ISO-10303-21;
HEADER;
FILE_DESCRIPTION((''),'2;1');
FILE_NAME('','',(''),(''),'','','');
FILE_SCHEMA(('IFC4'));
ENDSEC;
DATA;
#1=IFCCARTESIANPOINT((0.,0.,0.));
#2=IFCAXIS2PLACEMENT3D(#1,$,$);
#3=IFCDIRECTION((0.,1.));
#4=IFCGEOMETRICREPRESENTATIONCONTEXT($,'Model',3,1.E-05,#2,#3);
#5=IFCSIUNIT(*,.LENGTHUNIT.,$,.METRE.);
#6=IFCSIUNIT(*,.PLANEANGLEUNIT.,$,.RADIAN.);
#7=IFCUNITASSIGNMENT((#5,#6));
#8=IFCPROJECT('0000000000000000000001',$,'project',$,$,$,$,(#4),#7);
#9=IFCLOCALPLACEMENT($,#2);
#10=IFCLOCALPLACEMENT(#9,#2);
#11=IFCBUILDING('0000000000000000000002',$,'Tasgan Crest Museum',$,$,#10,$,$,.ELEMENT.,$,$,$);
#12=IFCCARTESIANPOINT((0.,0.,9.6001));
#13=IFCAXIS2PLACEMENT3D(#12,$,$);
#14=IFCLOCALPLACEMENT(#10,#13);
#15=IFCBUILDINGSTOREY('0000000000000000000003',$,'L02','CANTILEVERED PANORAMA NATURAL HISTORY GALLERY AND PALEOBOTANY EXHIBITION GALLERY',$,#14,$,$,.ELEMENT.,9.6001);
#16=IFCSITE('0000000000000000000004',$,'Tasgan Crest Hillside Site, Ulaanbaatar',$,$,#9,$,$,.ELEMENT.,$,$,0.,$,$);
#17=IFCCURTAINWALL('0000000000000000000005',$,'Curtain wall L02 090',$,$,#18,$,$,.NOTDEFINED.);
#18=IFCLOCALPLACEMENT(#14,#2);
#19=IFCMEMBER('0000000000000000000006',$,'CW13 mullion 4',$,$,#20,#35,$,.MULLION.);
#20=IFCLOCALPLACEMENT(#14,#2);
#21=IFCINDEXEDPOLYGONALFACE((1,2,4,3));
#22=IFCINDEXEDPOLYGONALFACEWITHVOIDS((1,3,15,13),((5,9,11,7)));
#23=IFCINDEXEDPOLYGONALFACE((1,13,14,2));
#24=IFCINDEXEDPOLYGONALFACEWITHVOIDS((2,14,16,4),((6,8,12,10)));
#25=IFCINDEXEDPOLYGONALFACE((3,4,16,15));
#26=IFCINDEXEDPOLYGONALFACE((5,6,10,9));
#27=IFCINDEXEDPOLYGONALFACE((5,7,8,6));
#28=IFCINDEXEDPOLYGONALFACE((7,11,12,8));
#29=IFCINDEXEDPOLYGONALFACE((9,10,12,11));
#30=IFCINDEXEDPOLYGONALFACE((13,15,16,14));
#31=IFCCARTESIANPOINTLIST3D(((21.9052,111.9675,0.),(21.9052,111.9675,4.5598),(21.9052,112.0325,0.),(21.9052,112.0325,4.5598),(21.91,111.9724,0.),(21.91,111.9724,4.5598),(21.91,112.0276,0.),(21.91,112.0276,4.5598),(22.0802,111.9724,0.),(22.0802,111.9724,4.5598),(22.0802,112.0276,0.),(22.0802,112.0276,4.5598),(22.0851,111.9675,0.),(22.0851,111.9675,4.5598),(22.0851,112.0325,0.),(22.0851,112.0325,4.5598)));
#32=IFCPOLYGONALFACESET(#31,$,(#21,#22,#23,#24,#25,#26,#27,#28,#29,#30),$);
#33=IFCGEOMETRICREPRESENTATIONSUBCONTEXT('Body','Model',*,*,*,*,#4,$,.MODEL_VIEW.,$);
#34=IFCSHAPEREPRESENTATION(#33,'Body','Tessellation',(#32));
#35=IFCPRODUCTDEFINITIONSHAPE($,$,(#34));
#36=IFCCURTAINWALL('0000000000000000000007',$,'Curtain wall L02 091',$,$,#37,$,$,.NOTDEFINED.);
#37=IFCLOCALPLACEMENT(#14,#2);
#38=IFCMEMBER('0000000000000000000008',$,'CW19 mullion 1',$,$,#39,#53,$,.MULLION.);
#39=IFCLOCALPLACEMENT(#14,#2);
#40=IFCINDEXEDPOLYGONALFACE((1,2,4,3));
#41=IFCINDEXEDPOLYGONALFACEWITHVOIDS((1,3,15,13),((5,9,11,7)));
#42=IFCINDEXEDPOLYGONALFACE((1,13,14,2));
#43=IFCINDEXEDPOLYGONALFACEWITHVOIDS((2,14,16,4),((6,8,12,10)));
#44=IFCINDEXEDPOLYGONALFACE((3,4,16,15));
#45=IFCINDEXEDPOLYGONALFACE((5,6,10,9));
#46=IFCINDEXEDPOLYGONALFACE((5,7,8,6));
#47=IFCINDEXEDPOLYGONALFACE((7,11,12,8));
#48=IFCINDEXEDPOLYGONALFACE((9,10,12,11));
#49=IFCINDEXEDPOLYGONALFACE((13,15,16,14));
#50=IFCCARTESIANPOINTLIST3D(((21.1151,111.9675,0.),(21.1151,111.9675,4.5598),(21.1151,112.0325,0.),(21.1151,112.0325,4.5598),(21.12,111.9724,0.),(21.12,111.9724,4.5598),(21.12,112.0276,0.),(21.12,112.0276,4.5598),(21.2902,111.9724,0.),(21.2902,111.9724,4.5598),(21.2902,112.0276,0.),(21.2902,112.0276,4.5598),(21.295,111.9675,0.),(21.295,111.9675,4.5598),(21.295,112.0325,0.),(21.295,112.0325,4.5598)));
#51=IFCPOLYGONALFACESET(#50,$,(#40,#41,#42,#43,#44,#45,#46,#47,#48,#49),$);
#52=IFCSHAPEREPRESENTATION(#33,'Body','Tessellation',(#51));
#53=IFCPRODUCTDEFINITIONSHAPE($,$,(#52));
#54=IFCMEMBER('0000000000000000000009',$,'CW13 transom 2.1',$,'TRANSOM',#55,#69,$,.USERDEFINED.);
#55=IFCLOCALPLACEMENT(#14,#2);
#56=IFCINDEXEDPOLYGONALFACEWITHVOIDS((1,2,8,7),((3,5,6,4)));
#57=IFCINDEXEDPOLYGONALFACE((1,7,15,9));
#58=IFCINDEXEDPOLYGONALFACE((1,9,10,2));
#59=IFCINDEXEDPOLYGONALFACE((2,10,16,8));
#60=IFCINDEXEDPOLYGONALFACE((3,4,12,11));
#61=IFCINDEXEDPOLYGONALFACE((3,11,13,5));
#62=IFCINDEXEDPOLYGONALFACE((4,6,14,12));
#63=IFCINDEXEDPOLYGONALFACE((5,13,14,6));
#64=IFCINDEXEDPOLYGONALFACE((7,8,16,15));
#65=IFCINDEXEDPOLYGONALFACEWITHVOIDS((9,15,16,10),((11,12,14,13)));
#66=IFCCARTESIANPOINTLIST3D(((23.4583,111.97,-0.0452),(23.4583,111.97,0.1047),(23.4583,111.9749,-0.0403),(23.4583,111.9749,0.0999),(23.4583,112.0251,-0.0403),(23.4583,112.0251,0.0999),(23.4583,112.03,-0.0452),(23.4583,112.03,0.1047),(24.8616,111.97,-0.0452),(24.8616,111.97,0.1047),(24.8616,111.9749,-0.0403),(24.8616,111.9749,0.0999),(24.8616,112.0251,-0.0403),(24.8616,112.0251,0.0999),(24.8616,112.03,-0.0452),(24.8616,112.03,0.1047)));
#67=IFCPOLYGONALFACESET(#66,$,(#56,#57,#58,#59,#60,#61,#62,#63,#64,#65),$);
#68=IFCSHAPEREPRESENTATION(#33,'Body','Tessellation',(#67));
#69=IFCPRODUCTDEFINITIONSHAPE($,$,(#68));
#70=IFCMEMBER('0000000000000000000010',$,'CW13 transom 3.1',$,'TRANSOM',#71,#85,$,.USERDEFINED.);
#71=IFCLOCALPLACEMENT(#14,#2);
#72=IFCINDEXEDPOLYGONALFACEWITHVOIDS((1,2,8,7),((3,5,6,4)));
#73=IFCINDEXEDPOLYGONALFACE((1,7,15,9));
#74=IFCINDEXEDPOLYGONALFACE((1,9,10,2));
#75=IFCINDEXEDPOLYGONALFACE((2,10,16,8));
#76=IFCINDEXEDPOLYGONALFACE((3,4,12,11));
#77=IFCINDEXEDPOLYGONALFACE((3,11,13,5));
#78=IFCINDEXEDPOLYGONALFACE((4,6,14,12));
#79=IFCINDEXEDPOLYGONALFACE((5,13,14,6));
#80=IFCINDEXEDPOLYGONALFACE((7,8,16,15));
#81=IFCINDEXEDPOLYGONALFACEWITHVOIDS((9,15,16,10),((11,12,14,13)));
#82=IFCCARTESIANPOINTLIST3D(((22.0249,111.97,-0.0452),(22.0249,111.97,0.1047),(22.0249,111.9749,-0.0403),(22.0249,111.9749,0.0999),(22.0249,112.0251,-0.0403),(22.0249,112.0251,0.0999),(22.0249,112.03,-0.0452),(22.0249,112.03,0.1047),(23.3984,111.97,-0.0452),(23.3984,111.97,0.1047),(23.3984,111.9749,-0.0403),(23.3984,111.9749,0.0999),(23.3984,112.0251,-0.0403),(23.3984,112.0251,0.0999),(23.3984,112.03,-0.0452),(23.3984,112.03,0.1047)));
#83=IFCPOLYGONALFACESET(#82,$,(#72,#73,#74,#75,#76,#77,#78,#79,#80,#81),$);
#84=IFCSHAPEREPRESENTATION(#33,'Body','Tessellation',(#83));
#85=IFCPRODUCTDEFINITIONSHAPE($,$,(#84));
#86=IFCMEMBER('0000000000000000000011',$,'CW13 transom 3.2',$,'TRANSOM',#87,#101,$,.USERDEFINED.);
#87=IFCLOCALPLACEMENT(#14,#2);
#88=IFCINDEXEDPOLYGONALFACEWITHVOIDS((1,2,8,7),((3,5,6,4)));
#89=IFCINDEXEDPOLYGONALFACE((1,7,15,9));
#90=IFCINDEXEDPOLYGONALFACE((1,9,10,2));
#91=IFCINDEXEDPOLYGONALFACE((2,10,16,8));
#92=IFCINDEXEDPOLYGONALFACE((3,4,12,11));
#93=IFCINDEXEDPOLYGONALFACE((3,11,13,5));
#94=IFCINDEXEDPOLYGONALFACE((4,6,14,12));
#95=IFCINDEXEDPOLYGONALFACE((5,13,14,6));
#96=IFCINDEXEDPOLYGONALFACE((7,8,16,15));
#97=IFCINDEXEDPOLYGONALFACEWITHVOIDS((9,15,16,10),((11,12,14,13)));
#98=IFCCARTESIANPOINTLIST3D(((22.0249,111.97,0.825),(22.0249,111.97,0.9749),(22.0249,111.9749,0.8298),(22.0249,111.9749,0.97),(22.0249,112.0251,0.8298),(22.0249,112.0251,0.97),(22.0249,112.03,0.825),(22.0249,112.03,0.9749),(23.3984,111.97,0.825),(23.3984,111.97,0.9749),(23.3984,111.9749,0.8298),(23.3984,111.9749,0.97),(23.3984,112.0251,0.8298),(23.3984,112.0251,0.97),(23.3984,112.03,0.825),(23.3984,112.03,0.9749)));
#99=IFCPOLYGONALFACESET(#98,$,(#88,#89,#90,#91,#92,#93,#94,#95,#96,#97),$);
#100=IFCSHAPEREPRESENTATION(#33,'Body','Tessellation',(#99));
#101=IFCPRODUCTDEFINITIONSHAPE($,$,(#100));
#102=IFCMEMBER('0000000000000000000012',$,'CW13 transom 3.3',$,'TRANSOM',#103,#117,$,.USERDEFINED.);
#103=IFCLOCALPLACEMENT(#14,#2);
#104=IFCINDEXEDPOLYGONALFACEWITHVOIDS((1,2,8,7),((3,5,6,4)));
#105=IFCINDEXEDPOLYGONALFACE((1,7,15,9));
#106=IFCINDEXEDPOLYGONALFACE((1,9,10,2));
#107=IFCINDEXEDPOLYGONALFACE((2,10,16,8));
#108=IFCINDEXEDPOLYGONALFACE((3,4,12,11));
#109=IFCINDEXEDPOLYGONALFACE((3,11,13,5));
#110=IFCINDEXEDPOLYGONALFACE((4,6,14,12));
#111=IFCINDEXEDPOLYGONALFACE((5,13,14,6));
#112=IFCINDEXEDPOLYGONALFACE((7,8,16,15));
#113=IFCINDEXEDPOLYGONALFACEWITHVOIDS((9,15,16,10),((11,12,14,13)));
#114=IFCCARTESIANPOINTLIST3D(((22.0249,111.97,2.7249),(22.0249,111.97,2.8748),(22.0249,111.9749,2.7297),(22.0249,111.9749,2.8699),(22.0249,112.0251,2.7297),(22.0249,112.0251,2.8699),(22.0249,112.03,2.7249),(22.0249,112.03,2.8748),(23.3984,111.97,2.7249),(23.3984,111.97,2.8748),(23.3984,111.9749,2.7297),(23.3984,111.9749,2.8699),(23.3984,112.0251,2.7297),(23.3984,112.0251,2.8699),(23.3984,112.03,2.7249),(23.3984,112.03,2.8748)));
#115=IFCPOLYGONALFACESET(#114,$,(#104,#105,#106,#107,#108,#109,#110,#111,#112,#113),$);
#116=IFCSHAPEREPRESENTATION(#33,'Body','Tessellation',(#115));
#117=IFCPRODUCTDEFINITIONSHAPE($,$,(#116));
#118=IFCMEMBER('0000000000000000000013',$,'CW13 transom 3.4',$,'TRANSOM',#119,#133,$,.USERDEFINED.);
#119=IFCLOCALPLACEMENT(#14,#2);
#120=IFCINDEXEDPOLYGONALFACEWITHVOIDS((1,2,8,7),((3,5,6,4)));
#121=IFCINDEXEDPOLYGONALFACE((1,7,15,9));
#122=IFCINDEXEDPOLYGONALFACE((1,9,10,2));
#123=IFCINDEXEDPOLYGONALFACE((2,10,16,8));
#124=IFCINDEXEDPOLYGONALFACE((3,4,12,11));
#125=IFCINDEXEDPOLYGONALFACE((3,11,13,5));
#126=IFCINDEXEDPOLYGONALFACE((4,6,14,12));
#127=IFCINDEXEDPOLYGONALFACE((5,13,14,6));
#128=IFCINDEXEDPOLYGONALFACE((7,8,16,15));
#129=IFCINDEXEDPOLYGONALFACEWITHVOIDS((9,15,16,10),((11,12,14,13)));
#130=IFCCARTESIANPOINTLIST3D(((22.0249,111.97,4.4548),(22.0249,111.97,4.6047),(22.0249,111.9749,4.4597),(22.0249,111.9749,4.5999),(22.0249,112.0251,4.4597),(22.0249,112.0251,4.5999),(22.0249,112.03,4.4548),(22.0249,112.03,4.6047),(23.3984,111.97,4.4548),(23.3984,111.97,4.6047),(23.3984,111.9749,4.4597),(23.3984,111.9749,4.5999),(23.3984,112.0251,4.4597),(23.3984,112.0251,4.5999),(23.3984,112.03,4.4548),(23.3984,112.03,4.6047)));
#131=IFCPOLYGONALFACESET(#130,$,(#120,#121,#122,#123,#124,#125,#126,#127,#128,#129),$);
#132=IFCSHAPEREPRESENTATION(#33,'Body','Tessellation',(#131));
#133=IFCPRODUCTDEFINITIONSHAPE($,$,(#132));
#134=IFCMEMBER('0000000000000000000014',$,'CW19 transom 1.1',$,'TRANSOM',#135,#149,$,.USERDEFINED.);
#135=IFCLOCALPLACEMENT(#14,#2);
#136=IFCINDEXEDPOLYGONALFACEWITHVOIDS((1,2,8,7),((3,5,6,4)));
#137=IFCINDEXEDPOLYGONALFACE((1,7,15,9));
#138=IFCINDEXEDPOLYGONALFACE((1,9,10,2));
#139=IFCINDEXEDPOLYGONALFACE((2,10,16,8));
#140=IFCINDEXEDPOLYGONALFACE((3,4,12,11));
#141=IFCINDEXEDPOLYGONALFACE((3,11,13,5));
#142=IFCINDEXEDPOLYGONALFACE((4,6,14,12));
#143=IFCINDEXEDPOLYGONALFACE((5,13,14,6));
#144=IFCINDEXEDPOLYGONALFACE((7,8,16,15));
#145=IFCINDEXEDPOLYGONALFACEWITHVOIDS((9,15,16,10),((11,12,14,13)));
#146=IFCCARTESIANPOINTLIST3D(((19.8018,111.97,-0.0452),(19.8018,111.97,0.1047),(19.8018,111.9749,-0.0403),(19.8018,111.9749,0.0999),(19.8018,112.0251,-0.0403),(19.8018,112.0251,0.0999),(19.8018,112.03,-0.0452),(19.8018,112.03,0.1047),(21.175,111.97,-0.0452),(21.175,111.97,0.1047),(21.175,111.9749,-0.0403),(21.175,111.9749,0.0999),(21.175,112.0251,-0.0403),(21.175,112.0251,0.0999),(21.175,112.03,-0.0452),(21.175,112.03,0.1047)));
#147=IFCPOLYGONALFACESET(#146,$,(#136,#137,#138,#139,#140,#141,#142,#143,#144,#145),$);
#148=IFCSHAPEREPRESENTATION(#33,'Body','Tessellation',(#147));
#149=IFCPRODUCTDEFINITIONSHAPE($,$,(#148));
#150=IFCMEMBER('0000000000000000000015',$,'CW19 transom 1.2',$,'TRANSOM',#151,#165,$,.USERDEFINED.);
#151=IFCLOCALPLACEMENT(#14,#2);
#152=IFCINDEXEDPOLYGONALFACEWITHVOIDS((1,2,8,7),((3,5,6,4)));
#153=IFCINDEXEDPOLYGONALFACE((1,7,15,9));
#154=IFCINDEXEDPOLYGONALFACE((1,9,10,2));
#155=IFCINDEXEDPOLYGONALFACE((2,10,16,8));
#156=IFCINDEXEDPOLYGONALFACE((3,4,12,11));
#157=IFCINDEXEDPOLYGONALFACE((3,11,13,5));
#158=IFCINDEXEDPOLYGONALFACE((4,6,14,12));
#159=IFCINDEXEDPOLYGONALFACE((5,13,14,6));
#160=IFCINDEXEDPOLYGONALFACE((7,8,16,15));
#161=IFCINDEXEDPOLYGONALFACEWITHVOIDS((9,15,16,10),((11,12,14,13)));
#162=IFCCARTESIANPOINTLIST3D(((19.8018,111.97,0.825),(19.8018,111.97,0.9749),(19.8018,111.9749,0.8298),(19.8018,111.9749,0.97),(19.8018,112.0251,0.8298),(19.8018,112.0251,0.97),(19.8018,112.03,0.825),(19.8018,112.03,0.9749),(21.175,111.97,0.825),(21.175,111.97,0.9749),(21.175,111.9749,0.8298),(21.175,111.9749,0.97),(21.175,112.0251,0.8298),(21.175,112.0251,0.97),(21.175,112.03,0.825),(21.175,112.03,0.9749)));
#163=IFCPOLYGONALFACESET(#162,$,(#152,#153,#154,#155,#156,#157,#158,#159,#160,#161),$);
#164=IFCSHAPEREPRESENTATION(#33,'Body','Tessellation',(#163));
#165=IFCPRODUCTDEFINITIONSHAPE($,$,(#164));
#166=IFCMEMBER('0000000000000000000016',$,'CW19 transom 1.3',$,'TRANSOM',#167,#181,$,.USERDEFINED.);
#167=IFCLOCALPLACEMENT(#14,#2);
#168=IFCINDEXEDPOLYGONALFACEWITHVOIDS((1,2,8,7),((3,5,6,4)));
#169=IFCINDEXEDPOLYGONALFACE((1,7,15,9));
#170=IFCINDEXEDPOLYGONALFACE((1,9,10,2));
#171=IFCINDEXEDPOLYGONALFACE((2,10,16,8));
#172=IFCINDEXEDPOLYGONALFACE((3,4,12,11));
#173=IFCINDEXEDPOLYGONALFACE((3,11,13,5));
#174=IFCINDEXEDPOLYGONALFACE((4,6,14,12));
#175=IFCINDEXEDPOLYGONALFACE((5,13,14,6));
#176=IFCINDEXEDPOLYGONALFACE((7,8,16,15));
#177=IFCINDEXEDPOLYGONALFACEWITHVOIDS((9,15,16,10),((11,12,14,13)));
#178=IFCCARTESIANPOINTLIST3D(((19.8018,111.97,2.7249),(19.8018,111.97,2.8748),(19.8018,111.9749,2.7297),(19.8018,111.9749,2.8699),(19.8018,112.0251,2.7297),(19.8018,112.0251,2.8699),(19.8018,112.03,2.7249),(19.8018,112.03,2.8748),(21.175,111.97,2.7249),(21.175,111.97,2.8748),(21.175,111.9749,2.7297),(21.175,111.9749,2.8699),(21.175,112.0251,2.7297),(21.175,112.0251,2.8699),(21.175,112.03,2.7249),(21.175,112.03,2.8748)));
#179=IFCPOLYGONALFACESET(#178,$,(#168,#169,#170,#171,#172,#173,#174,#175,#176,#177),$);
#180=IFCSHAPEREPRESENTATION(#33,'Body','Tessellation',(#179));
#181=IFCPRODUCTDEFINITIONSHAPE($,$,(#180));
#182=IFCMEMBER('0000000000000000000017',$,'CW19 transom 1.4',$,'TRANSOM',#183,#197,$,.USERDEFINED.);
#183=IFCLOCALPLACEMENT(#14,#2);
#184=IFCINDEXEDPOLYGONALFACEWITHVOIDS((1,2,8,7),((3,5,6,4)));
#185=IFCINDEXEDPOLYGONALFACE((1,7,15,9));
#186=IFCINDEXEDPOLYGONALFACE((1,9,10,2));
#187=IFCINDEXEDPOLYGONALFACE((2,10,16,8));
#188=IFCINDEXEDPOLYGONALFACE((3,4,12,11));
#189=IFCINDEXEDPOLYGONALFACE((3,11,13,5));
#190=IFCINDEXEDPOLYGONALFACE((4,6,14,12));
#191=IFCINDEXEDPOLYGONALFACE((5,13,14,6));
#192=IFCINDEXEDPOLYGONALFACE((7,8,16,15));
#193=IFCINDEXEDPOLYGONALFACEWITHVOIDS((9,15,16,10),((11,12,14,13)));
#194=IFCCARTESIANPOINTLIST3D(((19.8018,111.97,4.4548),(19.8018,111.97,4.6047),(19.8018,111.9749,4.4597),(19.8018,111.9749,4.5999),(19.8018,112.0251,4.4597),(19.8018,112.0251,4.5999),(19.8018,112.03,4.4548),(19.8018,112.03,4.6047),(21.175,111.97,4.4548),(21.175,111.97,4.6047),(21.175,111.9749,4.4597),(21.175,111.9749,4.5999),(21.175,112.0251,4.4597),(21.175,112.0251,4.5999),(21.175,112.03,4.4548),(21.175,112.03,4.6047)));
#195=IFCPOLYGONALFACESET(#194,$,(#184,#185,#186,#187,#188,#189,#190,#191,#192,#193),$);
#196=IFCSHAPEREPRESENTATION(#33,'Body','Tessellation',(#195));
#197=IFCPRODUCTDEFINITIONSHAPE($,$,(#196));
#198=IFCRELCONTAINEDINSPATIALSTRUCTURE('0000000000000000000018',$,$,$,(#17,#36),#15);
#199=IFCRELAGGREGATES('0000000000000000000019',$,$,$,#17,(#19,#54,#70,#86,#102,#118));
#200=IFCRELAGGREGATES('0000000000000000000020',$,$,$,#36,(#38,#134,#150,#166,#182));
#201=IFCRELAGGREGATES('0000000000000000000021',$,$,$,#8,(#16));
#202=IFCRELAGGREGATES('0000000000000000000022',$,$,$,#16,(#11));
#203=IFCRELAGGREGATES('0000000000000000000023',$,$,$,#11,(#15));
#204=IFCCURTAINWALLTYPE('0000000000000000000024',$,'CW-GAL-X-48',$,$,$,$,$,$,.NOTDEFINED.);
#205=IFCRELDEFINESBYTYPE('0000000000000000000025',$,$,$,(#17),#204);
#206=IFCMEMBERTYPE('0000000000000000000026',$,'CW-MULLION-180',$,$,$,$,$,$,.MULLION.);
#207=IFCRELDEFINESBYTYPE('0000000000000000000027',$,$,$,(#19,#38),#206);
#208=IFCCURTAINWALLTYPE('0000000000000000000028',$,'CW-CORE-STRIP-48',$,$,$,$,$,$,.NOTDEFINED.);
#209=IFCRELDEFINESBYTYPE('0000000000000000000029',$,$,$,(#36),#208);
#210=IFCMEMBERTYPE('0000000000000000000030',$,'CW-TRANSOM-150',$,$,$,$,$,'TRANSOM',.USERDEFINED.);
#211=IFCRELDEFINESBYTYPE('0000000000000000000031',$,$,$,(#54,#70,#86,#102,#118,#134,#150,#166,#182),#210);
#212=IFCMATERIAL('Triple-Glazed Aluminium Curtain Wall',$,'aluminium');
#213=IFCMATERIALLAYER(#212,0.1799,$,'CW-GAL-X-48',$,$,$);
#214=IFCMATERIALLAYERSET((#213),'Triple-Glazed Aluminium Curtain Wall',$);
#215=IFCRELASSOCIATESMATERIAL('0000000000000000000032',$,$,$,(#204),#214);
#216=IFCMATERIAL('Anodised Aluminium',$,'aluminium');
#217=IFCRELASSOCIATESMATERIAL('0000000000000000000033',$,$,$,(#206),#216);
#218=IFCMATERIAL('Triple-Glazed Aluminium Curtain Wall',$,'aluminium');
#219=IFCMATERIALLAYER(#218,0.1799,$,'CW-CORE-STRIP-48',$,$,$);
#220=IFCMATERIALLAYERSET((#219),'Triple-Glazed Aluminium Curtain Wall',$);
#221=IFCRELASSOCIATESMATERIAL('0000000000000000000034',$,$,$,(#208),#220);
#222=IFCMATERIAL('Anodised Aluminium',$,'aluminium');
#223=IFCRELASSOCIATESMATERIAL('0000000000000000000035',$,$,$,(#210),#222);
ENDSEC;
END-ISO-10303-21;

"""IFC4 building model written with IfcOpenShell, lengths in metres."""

from ifc_helpers import new_model, si_unit, direction, frame, origin, origin_2d, place, context, subcontext, project, spatial, hollow_rectangle, extrude, material, layer, layer_set, material_profile, profile_set, type_object, element, aggregate, save


model = new_model("IFC4")

# Units and contexts
model_context = context("Model", 3, precision=1e-05, world=origin(), true_north=direction((0.0, 1.0)))
body_context = subcontext(model_context, "Body", "Model", "MODEL_VIEW")
ifc_project = project(units=[si_unit("LENGTHUNIT", "METRE"), si_unit("PLANEANGLEUNIT", "RADIAN")], contexts=[model_context])

# Site, building, storey
site_placement = place(None, origin())
site = spatial("IfcSite", under=ifc_project, at=site_placement, Name="Tasgan Crest Hillside Site, Ulaanbaatar", CompositionType="ELEMENT", RefElevation=0.0)
building_placement = place(site_placement, origin())
building = spatial("IfcBuilding", under=site, at=building_placement, Name="Tasgan Crest Museum", CompositionType="ELEMENT")
storey_placement = place(building_placement, frame((0.0, 0.0, 9.6001)))
storey = spatial("IfcBuildingStorey", under=building, at=storey_placement, Name="L02", Description="CANTILEVERED PANORAMA NATURAL HISTORY GALLERY AND PALEOBOTANY EXHIBITION GALLERY", CompositionType="ELEMENT", Elevation=9.6001)

# Curtain wall, member
ifc_material_1 = material(Name="Triple-Glazed Aluminium Curtain Wall", Category="aluminium")
ifc_layer_1 = layer(ifc_material_1, 0.1799, Name="CW-GAL-X-48")
ifc_layer_set_1 = layer_set([ifc_layer_1], Name="Triple-Glazed Aluminium Curtain Wall")
curtain_wall_type_1 = type_object("IfcCurtainWallType", Name="CW-GAL-X-48", PredefinedType="NOTDEFINED", material=ifc_layer_set_1)
curtain_wall_1_placement = place(storey_placement, origin())
curtain_wall_1 = element("IfcCurtainWall", 1, at=curtain_wall_1_placement, inside=storey, type_object=curtain_wall_type_1, Name="Curtain wall L02 090", PredefinedType="NOTDEFINED")
ifc_material_2 = material(Name="Anodised Aluminium", Category="aluminium")
ifc_material_profile_1 = material_profile(ifc_material_2, hollow_rectangle(XDim=0.0649, YDim=0.1799, WallThickness=0.0049, at=origin_2d()), Name="ALU MULLION 180x65x5")
ifc_profile_set_1 = profile_set([ifc_material_profile_1], Name="Anodised Aluminium")
member_type_1 = type_object("IfcMemberType", Name="CW-MULLION-180", PredefinedType="MULLION", material=ifc_profile_set_1)
member_1_placement = place(storey_placement, frame((21.9951, 112.0, 0.0), z_axis=(0.0, 0.0, 1.0), x_axis=(0.0, -1.0, 0.0)))
member_1 = element("IfcMember", 2, at=member_1_placement, type_object=member_type_1, Name="CW13 mullion 4", PredefinedType="MULLION", context=body_context, shape_type="SweptSolid", body=[
    extrude(hollow_rectangle(XDim=0.0649, YDim=0.1799, WallThickness=0.0049, at=origin_2d()), origin(), (0.0, 0.0, 1.0), 4.5598),
])

# Curtain wall, member
ifc_material_3 = material(Name="Triple-Glazed Aluminium Curtain Wall", Category="aluminium")
ifc_layer_2 = layer(ifc_material_3, 0.1799, Name="CW-CORE-STRIP-48")
ifc_layer_set_2 = layer_set([ifc_layer_2], Name="Triple-Glazed Aluminium Curtain Wall")
curtain_wall_type_2 = type_object("IfcCurtainWallType", Name="CW-CORE-STRIP-48", PredefinedType="NOTDEFINED", material=ifc_layer_set_2)
curtain_wall_2_placement = place(storey_placement, origin())
curtain_wall_2 = element("IfcCurtainWall", 3, at=curtain_wall_2_placement, inside=storey, type_object=curtain_wall_type_2, Name="Curtain wall L02 091", PredefinedType="NOTDEFINED")
member_2_placement = place(storey_placement, frame((21.2051, 112.0, 0.0), z_axis=(0.0, 0.0, 1.0), x_axis=(0.0, -1.0, 0.0)))
member_2 = element("IfcMember", 4, at=member_2_placement, type_object=member_type_1, Name="CW19 mullion 1", PredefinedType="MULLION", context=body_context, shape_type="SweptSolid", body=[
    extrude(hollow_rectangle(XDim=0.0649, YDim=0.1799, WallThickness=0.0049, at=origin_2d()), origin(), (0.0, 0.0, 1.0), 4.5598),
])

# Members
ifc_material_4 = material(Name="Anodised Aluminium", Category="aluminium")
ifc_material_profile_2 = material_profile(ifc_material_4, hollow_rectangle(XDim=0.0601, YDim=0.1499, WallThickness=0.0049, at=origin_2d()), Name="ALU TRANSOM 150x60x5")
ifc_profile_set_2 = profile_set([ifc_material_profile_2], Name="Anodised Aluminium")
member_type_2 = type_object("IfcMemberType", Name="CW-TRANSOM-150", ElementType="TRANSOM", PredefinedType="USERDEFINED", material=ifc_profile_set_2)
member_3_placement = place(storey_placement, frame((24.8616, 112.0, 0.0298), z_axis=(-1.0, 0.0, 0.0), x_axis=(0.0, -1.0, 0.0)))
member_3 = element("IfcMember", 5, at=member_3_placement, type_object=member_type_2, Name="CW13 transom 2.1", ObjectType="TRANSOM", PredefinedType="USERDEFINED", context=body_context, shape_type="SweptSolid", body=[
    extrude(hollow_rectangle(XDim=0.0601, YDim=0.1499, WallThickness=0.0049, at=origin_2d()), origin(), (0.0, 0.0, 1.0), 1.4033),
])
member_4_placement = place(storey_placement, frame((23.3984, 112.0, 0.0298), z_axis=(-1.0, 0.0, 0.0), x_axis=(0.0, -1.0, 0.0)))
member_4 = element("IfcMember", 6, at=member_4_placement, type_object=member_type_2, Name="CW13 transom 3.1", ObjectType="TRANSOM", PredefinedType="USERDEFINED", context=body_context, shape_type="SweptSolid", body=[
    extrude(hollow_rectangle(XDim=0.0601, YDim=0.1499, WallThickness=0.0049, at=origin_2d()), origin(), (0.0, 0.0, 1.0), 1.3735),
])
member_5_placement = place(storey_placement, frame((23.3984, 112.0, 0.8999), z_axis=(-1.0, 0.0, 0.0), x_axis=(0.0, -1.0, 0.0)))
member_5 = element("IfcMember", 7, at=member_5_placement, type_object=member_type_2, Name="CW13 transom 3.2", ObjectType="TRANSOM", PredefinedType="USERDEFINED", context=body_context, shape_type="SweptSolid", body=[
    extrude(hollow_rectangle(XDim=0.0601, YDim=0.1499, WallThickness=0.0049, at=origin_2d()), origin(), (0.0, 0.0, 1.0), 1.3735),
])
member_6_placement = place(storey_placement, frame((23.3984, 112.0, 2.7998), z_axis=(-1.0, 0.0, 0.0), x_axis=(0.0, -1.0, 0.0)))
member_6 = element("IfcMember", 8, at=member_6_placement, type_object=member_type_2, Name="CW13 transom 3.3", ObjectType="TRANSOM", PredefinedType="USERDEFINED", context=body_context, shape_type="SweptSolid", body=[
    extrude(hollow_rectangle(XDim=0.0601, YDim=0.1499, WallThickness=0.0049, at=origin_2d()), origin(), (0.0, 0.0, 1.0), 1.3735),
])
member_7_placement = place(storey_placement, frame((23.3984, 112.0, 4.5298), z_axis=(-1.0, 0.0, 0.0), x_axis=(0.0, -1.0, 0.0)))
member_7 = element("IfcMember", 9, at=member_7_placement, type_object=member_type_2, Name="CW13 transom 3.4", ObjectType="TRANSOM", PredefinedType="USERDEFINED", context=body_context, shape_type="SweptSolid", body=[
    extrude(hollow_rectangle(XDim=0.0601, YDim=0.1499, WallThickness=0.0049, at=origin_2d()), origin(), (0.0, 0.0, 1.0), 1.3735),
])
member_8_placement = place(storey_placement, frame((21.175, 112.0, 0.0298), z_axis=(-1.0, 0.0, 0.0), x_axis=(0.0, -1.0, 0.0)))
member_8 = element("IfcMember", 10, at=member_8_placement, type_object=member_type_2, Name="CW19 transom 1.1", ObjectType="TRANSOM", PredefinedType="USERDEFINED", context=body_context, shape_type="SweptSolid", body=[
    extrude(hollow_rectangle(XDim=0.0601, YDim=0.1499, WallThickness=0.0049, at=origin_2d()), origin(), (0.0, 0.0, 1.0), 1.3733),
])
member_9_placement = place(storey_placement, frame((21.175, 112.0, 0.8999), z_axis=(-1.0, 0.0, 0.0), x_axis=(0.0, -1.0, 0.0)))
member_9 = element("IfcMember", 11, at=member_9_placement, type_object=member_type_2, Name="CW19 transom 1.2", ObjectType="TRANSOM", PredefinedType="USERDEFINED", context=body_context, shape_type="SweptSolid", body=[
    extrude(hollow_rectangle(XDim=0.0601, YDim=0.1499, WallThickness=0.0049, at=origin_2d()), origin(), (0.0, 0.0, 1.0), 1.3733),
])
member_10_placement = place(storey_placement, frame((21.175, 112.0, 2.7998), z_axis=(-1.0, 0.0, 0.0), x_axis=(0.0, -1.0, 0.0)))
member_10 = element("IfcMember", 12, at=member_10_placement, type_object=member_type_2, Name="CW19 transom 1.3", ObjectType="TRANSOM", PredefinedType="USERDEFINED", context=body_context, shape_type="SweptSolid", body=[
    extrude(hollow_rectangle(XDim=0.0601, YDim=0.1499, WallThickness=0.0049, at=origin_2d()), origin(), (0.0, 0.0, 1.0), 1.3733),
])
member_11_placement = place(storey_placement, frame((21.175, 112.0, 4.5298), z_axis=(-1.0, 0.0, 0.0), x_axis=(0.0, -1.0, 0.0)))
member_11 = element("IfcMember", 13, at=member_11_placement, type_object=member_type_2, Name="CW19 transom 1.4", ObjectType="TRANSOM", PredefinedType="USERDEFINED", context=body_context, shape_type="SweptSolid", body=[
    extrude(hollow_rectangle(XDim=0.0601, YDim=0.1499, WallThickness=0.0049, at=origin_2d()), origin(), (0.0, 0.0, 1.0), 1.3733),
])

aggregate(curtain_wall_1, [member_1, member_3, member_4, member_5, member_6, member_7])
aggregate(curtain_wall_2, [member_2, member_8, member_9, member_10, member_11])

save(model, "model.ifc")
